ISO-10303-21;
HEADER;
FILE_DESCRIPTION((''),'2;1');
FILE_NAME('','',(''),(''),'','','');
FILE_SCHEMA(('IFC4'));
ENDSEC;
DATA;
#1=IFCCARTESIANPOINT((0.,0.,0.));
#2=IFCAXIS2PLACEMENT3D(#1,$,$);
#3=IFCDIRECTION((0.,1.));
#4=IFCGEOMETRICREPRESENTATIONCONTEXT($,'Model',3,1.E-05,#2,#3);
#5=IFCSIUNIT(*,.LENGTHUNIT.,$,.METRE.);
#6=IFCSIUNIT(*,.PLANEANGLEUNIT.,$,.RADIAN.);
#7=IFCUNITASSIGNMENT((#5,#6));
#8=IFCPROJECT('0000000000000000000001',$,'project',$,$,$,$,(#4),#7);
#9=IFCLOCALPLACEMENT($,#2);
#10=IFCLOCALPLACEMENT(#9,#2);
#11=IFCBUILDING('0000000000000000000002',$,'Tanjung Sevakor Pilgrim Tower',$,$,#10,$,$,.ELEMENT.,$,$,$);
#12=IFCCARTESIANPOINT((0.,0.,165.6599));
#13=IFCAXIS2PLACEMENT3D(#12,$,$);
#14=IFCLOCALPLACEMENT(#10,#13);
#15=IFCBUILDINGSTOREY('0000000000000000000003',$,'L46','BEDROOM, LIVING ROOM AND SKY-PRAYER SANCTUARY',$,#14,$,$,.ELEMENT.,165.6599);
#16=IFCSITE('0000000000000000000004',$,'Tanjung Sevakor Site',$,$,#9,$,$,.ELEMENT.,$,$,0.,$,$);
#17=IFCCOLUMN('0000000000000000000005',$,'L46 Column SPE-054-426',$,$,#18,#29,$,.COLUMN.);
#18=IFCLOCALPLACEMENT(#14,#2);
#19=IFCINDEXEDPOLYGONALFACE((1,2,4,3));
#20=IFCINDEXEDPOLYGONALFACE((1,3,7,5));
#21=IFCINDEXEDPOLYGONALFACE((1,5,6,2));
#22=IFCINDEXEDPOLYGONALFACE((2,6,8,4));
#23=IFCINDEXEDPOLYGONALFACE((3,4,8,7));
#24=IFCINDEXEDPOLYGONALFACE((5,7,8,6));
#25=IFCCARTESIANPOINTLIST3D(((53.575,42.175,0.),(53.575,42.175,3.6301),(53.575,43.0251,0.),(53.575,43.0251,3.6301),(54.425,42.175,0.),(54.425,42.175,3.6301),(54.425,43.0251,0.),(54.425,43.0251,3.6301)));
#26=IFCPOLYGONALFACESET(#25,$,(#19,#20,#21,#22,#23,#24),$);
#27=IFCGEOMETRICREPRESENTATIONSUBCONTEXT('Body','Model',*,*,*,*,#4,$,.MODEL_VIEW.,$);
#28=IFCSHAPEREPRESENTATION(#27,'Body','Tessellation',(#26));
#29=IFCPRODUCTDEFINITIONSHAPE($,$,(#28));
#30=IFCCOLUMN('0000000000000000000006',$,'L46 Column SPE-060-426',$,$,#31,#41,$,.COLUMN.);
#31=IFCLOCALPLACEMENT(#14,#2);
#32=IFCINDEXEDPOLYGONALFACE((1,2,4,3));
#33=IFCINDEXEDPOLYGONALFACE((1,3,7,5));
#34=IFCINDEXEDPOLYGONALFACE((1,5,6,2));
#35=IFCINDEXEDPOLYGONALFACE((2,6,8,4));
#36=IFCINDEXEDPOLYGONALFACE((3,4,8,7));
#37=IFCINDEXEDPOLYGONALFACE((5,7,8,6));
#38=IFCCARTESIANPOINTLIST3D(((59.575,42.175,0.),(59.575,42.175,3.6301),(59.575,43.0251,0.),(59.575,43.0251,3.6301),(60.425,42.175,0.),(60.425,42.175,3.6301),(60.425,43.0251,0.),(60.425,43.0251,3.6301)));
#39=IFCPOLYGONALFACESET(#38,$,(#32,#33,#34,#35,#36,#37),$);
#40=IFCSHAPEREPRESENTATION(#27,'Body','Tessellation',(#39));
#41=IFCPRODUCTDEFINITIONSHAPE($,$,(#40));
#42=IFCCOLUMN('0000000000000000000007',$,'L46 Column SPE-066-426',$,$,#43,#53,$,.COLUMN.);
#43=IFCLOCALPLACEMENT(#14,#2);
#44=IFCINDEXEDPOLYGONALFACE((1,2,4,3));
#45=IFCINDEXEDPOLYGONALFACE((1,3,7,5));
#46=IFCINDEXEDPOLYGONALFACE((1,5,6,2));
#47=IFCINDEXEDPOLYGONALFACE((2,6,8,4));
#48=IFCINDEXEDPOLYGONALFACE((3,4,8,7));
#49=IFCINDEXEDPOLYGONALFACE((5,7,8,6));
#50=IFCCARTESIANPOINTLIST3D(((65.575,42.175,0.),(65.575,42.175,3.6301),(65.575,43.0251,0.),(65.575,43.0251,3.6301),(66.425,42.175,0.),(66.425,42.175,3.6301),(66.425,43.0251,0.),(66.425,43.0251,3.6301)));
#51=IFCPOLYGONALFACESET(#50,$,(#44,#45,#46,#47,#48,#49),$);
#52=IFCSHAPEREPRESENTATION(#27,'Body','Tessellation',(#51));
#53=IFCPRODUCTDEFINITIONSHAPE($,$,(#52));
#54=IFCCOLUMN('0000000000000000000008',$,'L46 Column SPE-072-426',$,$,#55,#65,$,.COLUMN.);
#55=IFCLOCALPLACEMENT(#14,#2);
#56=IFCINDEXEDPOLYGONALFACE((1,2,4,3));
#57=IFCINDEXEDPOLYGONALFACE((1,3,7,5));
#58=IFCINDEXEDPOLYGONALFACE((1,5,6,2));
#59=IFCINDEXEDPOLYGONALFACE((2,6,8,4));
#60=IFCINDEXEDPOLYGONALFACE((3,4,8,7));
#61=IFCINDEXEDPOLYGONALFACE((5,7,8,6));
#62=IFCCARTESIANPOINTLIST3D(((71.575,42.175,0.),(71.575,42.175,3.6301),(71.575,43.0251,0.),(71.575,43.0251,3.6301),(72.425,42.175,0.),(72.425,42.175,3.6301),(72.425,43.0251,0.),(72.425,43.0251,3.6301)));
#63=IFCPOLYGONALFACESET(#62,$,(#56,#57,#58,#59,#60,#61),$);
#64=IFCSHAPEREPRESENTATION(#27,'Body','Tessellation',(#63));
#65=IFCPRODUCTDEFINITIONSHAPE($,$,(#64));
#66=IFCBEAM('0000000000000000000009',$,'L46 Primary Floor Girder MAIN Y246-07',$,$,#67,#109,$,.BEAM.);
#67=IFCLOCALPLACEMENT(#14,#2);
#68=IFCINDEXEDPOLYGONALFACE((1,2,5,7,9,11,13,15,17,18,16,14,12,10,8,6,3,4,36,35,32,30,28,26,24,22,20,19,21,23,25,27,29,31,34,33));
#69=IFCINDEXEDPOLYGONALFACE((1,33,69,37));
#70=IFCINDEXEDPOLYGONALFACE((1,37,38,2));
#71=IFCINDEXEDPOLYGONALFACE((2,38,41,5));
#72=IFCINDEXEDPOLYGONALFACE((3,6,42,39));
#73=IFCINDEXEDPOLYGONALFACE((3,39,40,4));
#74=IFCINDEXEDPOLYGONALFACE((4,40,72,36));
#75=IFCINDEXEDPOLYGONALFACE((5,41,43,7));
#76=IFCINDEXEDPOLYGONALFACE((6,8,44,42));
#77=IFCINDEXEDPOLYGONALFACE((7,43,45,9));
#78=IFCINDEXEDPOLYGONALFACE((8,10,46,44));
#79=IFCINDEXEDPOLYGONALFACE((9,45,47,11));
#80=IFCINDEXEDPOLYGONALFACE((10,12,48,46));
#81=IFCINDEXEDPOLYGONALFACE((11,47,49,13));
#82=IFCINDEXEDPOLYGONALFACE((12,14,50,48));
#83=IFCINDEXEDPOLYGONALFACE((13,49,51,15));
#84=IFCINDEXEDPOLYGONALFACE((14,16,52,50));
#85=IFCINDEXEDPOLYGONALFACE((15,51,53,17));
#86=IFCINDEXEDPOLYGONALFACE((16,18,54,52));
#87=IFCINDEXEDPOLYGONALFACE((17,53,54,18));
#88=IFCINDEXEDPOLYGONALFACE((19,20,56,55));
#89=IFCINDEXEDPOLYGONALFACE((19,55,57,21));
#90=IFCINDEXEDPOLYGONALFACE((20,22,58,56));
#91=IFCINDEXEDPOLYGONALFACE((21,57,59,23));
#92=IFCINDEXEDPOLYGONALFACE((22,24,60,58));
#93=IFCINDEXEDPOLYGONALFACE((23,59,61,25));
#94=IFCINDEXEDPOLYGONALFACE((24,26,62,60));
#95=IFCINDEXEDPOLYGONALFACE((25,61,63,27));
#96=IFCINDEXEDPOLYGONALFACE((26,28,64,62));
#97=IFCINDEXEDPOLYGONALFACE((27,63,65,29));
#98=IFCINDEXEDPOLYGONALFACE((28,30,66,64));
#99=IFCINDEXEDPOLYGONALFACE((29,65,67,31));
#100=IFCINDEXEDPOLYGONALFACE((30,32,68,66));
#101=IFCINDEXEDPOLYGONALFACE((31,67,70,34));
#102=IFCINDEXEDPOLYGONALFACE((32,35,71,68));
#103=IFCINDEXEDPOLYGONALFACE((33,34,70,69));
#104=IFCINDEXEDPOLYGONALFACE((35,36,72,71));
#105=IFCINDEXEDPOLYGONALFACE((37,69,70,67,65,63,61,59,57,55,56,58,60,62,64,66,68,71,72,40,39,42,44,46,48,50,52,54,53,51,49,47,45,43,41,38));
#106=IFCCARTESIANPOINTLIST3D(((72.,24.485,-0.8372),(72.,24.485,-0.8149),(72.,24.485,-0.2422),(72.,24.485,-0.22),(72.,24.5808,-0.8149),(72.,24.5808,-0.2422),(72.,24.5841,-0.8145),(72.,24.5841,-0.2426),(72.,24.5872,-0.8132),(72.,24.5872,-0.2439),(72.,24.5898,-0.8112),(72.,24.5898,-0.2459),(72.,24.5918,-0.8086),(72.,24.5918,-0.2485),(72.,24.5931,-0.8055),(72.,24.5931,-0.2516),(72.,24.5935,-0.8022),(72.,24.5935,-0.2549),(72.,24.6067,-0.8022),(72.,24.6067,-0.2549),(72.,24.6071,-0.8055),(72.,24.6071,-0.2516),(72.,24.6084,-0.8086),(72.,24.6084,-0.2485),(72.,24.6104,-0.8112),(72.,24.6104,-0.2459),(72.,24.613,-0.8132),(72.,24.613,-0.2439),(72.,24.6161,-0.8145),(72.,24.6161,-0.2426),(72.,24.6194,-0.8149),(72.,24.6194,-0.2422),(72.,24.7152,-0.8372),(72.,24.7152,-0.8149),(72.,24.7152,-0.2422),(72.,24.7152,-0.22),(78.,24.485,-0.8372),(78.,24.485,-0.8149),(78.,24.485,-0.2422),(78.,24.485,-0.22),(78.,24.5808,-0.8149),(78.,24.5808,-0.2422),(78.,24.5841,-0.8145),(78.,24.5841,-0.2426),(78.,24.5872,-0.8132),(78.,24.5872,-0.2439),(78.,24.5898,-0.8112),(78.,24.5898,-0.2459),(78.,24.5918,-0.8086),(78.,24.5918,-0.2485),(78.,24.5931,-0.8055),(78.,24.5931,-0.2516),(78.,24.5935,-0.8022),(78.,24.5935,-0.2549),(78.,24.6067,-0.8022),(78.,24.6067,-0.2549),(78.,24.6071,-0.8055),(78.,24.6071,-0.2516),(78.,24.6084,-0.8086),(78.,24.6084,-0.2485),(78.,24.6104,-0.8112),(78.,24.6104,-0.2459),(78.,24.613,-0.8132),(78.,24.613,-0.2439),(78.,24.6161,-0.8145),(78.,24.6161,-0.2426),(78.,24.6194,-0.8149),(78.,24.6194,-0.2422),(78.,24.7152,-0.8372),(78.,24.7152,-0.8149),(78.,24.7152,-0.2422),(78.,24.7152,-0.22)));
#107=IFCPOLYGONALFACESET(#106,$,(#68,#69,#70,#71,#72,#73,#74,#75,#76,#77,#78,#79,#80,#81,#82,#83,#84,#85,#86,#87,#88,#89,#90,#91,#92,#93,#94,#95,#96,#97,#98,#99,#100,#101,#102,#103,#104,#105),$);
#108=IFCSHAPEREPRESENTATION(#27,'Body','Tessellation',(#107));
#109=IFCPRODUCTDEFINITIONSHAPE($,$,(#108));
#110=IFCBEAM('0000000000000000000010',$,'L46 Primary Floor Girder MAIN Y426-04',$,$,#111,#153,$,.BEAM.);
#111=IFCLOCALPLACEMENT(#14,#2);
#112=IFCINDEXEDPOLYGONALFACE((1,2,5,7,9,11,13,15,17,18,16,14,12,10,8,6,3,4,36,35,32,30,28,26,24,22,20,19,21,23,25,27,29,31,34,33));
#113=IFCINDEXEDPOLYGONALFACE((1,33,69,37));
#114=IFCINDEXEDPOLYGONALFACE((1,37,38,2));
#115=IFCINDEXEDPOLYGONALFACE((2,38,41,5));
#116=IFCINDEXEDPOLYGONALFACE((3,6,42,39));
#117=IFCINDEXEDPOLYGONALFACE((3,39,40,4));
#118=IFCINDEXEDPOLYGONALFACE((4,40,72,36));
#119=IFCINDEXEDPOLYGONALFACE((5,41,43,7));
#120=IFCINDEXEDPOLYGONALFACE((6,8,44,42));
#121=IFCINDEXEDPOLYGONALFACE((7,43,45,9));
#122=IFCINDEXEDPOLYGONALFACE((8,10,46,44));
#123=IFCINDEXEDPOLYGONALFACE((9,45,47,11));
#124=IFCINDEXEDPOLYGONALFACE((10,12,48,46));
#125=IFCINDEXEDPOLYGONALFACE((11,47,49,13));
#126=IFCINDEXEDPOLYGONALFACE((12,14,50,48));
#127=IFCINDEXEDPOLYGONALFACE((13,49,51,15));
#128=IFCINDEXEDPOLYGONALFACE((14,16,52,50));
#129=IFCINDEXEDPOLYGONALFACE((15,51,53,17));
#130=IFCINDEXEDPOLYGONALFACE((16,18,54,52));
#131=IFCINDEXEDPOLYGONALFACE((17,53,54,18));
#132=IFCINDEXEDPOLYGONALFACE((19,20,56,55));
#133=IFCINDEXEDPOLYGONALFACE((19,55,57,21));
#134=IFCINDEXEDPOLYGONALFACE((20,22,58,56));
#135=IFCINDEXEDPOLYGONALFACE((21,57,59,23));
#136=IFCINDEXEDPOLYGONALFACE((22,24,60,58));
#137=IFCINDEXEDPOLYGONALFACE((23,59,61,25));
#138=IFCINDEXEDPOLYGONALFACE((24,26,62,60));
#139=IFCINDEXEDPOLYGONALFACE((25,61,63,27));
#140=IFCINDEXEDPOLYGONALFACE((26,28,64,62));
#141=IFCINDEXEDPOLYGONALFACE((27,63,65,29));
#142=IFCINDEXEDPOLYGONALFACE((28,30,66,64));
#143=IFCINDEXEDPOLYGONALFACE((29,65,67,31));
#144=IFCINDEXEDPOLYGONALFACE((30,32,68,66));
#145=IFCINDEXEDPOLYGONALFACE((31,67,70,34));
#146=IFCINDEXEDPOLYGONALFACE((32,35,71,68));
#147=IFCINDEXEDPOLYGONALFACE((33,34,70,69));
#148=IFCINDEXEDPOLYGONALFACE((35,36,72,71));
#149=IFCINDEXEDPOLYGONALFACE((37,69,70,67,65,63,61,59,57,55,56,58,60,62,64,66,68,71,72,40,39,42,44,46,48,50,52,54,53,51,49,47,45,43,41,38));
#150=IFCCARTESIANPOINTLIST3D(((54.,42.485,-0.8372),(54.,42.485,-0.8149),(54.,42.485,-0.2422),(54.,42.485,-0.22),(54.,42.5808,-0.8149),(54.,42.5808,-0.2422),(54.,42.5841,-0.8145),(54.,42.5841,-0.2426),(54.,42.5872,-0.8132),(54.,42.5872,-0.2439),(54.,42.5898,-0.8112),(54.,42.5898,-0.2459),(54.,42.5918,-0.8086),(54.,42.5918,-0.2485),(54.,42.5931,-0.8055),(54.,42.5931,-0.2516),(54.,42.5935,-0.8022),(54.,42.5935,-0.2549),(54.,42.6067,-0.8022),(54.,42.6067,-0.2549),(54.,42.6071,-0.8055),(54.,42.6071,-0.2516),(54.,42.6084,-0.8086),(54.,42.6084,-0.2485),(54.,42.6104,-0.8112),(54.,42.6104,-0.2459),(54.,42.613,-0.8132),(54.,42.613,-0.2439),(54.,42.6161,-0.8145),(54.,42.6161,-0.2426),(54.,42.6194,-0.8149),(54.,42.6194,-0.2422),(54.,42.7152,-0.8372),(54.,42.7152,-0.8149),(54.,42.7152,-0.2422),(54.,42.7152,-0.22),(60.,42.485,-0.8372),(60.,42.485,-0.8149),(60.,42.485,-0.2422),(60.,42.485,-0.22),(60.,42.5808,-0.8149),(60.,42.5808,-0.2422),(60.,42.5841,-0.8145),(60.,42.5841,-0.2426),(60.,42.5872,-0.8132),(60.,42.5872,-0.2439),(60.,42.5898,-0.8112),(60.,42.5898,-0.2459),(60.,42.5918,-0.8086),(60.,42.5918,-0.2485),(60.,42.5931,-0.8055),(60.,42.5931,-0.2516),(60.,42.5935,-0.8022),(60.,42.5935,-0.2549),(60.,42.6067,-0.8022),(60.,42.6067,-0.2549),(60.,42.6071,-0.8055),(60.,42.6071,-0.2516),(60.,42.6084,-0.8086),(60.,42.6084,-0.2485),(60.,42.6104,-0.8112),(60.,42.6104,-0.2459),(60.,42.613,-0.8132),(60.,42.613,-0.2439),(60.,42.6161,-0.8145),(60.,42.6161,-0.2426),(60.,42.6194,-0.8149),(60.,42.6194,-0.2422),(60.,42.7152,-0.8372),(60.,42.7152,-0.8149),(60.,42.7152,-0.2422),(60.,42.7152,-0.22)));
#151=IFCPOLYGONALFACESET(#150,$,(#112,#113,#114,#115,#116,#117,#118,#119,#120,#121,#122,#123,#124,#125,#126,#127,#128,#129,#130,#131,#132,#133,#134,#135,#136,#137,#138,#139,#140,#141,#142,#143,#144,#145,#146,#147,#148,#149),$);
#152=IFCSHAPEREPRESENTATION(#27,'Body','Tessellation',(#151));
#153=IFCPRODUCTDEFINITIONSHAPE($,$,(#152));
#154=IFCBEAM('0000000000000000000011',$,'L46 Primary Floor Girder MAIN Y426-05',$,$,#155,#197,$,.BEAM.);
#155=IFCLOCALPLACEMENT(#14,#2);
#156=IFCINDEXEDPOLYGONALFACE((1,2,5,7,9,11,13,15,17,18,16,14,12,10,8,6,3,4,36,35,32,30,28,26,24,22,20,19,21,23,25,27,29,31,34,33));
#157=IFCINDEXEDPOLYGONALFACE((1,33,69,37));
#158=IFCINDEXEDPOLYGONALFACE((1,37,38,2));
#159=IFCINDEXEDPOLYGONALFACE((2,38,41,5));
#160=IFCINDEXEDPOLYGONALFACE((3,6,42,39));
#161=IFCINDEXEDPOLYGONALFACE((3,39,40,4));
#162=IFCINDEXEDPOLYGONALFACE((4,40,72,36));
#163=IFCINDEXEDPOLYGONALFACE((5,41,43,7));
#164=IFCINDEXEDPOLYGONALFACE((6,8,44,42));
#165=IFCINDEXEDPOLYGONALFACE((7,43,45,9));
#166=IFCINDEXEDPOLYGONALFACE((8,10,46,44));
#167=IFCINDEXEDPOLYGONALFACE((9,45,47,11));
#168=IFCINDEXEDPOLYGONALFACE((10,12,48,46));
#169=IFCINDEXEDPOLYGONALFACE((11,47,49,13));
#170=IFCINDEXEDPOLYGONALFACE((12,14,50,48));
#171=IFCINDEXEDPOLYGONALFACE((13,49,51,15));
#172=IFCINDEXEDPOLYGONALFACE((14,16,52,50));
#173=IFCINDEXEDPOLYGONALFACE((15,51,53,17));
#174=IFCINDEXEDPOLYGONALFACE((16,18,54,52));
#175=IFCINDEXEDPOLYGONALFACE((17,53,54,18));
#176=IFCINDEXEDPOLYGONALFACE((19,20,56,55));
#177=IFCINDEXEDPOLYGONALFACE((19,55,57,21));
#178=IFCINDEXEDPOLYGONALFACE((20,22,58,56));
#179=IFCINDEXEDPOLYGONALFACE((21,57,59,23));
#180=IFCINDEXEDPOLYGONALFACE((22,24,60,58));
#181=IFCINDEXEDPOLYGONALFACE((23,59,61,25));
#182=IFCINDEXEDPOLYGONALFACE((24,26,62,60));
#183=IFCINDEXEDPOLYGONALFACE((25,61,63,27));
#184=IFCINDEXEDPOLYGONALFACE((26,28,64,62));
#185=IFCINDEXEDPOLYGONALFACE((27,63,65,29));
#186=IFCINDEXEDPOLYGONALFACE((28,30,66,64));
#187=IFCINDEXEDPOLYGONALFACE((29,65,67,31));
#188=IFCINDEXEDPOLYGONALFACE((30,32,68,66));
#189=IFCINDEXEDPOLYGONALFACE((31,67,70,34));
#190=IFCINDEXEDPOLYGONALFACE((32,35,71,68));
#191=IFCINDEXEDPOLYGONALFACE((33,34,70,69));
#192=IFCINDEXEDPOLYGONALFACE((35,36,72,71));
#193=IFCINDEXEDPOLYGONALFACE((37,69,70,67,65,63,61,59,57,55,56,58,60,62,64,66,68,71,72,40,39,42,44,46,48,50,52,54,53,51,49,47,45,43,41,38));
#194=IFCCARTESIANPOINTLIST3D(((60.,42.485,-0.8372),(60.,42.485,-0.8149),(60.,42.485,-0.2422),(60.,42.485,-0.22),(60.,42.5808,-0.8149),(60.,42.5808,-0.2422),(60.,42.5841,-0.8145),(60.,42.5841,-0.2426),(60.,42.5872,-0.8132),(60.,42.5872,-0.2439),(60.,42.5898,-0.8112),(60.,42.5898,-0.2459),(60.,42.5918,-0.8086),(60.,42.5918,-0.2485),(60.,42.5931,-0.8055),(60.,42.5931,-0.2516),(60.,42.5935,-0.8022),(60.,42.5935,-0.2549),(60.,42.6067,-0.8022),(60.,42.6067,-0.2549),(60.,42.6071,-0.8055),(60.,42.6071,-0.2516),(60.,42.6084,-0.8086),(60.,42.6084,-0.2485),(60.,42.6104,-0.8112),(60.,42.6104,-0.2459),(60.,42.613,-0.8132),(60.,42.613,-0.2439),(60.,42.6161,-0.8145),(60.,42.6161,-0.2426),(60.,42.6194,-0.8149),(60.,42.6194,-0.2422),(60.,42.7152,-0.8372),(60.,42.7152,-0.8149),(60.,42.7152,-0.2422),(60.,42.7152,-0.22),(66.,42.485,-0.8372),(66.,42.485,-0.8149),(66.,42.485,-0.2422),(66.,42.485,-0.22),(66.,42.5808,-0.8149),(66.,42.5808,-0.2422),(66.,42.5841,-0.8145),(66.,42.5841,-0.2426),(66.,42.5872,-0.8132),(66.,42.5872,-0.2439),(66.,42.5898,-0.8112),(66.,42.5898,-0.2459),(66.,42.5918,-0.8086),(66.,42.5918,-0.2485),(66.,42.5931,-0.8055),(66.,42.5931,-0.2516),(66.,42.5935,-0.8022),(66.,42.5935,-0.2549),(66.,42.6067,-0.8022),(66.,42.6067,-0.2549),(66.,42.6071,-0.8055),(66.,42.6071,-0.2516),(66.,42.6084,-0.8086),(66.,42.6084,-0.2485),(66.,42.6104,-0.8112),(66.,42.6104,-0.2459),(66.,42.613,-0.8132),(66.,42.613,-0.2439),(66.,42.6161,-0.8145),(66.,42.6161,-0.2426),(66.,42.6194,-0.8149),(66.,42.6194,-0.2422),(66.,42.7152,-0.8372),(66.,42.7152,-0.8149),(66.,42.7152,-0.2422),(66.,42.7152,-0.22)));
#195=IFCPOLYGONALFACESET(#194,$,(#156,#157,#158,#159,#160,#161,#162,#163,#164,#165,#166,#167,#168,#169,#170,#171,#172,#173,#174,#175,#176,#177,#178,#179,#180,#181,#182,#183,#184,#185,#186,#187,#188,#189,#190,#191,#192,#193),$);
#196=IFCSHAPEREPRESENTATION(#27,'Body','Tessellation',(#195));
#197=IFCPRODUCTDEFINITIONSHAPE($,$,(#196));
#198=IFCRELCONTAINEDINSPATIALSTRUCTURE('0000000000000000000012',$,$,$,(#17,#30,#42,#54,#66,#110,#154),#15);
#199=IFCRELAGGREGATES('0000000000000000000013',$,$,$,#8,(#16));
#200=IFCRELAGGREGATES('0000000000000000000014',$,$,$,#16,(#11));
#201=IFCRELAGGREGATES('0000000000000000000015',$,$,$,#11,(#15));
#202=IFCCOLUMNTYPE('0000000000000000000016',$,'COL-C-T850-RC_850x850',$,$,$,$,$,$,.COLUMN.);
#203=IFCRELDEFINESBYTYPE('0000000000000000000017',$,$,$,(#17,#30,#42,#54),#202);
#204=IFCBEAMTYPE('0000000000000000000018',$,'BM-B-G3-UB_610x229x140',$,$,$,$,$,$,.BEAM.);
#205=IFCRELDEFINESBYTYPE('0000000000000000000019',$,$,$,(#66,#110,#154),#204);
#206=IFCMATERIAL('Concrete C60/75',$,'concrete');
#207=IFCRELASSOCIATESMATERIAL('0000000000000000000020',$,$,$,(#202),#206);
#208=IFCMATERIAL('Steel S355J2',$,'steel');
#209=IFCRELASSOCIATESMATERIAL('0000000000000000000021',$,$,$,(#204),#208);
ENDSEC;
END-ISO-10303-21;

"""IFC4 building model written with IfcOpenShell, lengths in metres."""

from ifc_helpers import new_model, si_unit, direction, frame, origin, origin_2d, place, context, subcontext, project, spatial, rectangle, i_section, extrude, material, material_profile, profile_set, type_object, element, save


model = new_model("IFC4")

# Units and contexts
model_context = context("Model", 3, precision=1e-05, world=origin(), true_north=direction((0.0, 1.0)))
body_context = subcontext(model_context, "Body", "Model", "MODEL_VIEW")
ifc_project = project(units=[si_unit("LENGTHUNIT", "METRE"), si_unit("PLANEANGLEUNIT", "RADIAN")], contexts=[model_context])

# Site, building, storey
site_placement = place(None, origin())
site = spatial("IfcSite", under=ifc_project, at=site_placement, Name="Tanjung Sevakor Site", CompositionType="ELEMENT", RefElevation=0.0)
building_placement = place(site_placement, origin())
building = spatial("IfcBuilding", under=site, at=building_placement, Name="Tanjung Sevakor Pilgrim Tower", CompositionType="ELEMENT")
storey_placement = place(building_placement, frame((0.0, 0.0, 165.6599)))
storey = spatial("IfcBuildingStorey", under=building, at=storey_placement, Name="L46", Description="BEDROOM, LIVING ROOM AND SKY-PRAYER SANCTUARY", CompositionType="ELEMENT", Elevation=165.6599)

# Columns
ifc_material_1 = material(Name="Concrete C60/75", Category="concrete")
ifc_material_profile_1 = material_profile(ifc_material_1, rectangle(XDim=0.8501, YDim=0.8501, at=origin_2d()))
ifc_profile_set_1 = profile_set([ifc_material_profile_1], Name="Concrete C60/75")
column_type = type_object("IfcColumnType", Name="COL-C-T850-RC_850x850", PredefinedType="COLUMN", material=ifc_profile_set_1)
for number, where, z_axis, x_axis, name in (
    (1, (54.0, 42.6001, 0.0), (0.0, 0.0, 1.0), (1.0, 0.0, 0.0), "L46 Column SPE-054-426"),
    (2, (60.0, 42.6001, 0.0), (0.0, 0.0, 1.0), (1.0, 0.0, 0.0), "L46 Column SPE-060-426"),
    (3, (66.0, 42.6001, 0.0), (0.0, 0.0, 1.0), (1.0, 0.0, 0.0), "L46 Column SPE-066-426"),
    (4, (72.0, 42.6001, 0.0), (0.0, 0.0, 1.0), (1.0, 0.0, 0.0), "L46 Column SPE-072-426"),
):
    element("IfcColumn", number, at=place(storey_placement, frame(where, z_axis=z_axis, x_axis=x_axis)), inside=storey, type_object=column_type, Name=name, PredefinedType="COLUMN", context=body_context, shape_type="SweptSolid", body=[
        extrude(rectangle(XDim=0.8501, YDim=0.8501, at=origin_2d()), origin(), (0.0, 0.0, 1.0), 3.6301),
    ])

# Beams
ifc_material_2 = material(Name="Steel S355J2", Category="steel")
ifc_material_profile_2 = material_profile(ifc_material_2, i_section(OverallWidth=0.2302, OverallDepth=0.6172, WebThickness=0.0132, FlangeThickness=0.0222, FilletRadius=0.0127, at=origin_2d()))
ifc_profile_set_2 = profile_set([ifc_material_profile_2], Name="Steel S355J2")
beam_type_1 = type_object("IfcBeamType", Name="BM-B-G3-UB_610x229x140", PredefinedType="BEAM", material=ifc_profile_set_2)
for number, where, z_axis, x_axis, name in (
    (5, (72.0, 24.6001, -0.5286), (1.0, 0.0, 0.0), (0.0, 1.0, 0.0), "L46 Primary Floor Girder MAIN Y246-07"),
    (6, (54.0, 42.6001, -0.5286), (1.0, 0.0, 0.0), (0.0, 1.0, 0.0), "L46 Primary Floor Girder MAIN Y426-04"),
    (7, (60.0, 42.6001, -0.5286), (1.0, 0.0, 0.0), (0.0, 1.0, 0.0), "L46 Primary Floor Girder MAIN Y426-05"),
):
    element("IfcBeam", number, at=place(storey_placement, frame(where, z_axis=z_axis, x_axis=x_axis)), inside=storey, type_object=beam_type_1, Name=name, PredefinedType="BEAM", context=body_context, shape_type="SweptSolid", body=[
        extrude(i_section(OverallWidth=0.2302, OverallDepth=0.6172, WebThickness=0.0132, FlangeThickness=0.0222, FilletRadius=0.0127, at=origin_2d()), origin(), (0.0, 0.0, 1.0), 6.0),
    ])

save(model, "model.ifc")
